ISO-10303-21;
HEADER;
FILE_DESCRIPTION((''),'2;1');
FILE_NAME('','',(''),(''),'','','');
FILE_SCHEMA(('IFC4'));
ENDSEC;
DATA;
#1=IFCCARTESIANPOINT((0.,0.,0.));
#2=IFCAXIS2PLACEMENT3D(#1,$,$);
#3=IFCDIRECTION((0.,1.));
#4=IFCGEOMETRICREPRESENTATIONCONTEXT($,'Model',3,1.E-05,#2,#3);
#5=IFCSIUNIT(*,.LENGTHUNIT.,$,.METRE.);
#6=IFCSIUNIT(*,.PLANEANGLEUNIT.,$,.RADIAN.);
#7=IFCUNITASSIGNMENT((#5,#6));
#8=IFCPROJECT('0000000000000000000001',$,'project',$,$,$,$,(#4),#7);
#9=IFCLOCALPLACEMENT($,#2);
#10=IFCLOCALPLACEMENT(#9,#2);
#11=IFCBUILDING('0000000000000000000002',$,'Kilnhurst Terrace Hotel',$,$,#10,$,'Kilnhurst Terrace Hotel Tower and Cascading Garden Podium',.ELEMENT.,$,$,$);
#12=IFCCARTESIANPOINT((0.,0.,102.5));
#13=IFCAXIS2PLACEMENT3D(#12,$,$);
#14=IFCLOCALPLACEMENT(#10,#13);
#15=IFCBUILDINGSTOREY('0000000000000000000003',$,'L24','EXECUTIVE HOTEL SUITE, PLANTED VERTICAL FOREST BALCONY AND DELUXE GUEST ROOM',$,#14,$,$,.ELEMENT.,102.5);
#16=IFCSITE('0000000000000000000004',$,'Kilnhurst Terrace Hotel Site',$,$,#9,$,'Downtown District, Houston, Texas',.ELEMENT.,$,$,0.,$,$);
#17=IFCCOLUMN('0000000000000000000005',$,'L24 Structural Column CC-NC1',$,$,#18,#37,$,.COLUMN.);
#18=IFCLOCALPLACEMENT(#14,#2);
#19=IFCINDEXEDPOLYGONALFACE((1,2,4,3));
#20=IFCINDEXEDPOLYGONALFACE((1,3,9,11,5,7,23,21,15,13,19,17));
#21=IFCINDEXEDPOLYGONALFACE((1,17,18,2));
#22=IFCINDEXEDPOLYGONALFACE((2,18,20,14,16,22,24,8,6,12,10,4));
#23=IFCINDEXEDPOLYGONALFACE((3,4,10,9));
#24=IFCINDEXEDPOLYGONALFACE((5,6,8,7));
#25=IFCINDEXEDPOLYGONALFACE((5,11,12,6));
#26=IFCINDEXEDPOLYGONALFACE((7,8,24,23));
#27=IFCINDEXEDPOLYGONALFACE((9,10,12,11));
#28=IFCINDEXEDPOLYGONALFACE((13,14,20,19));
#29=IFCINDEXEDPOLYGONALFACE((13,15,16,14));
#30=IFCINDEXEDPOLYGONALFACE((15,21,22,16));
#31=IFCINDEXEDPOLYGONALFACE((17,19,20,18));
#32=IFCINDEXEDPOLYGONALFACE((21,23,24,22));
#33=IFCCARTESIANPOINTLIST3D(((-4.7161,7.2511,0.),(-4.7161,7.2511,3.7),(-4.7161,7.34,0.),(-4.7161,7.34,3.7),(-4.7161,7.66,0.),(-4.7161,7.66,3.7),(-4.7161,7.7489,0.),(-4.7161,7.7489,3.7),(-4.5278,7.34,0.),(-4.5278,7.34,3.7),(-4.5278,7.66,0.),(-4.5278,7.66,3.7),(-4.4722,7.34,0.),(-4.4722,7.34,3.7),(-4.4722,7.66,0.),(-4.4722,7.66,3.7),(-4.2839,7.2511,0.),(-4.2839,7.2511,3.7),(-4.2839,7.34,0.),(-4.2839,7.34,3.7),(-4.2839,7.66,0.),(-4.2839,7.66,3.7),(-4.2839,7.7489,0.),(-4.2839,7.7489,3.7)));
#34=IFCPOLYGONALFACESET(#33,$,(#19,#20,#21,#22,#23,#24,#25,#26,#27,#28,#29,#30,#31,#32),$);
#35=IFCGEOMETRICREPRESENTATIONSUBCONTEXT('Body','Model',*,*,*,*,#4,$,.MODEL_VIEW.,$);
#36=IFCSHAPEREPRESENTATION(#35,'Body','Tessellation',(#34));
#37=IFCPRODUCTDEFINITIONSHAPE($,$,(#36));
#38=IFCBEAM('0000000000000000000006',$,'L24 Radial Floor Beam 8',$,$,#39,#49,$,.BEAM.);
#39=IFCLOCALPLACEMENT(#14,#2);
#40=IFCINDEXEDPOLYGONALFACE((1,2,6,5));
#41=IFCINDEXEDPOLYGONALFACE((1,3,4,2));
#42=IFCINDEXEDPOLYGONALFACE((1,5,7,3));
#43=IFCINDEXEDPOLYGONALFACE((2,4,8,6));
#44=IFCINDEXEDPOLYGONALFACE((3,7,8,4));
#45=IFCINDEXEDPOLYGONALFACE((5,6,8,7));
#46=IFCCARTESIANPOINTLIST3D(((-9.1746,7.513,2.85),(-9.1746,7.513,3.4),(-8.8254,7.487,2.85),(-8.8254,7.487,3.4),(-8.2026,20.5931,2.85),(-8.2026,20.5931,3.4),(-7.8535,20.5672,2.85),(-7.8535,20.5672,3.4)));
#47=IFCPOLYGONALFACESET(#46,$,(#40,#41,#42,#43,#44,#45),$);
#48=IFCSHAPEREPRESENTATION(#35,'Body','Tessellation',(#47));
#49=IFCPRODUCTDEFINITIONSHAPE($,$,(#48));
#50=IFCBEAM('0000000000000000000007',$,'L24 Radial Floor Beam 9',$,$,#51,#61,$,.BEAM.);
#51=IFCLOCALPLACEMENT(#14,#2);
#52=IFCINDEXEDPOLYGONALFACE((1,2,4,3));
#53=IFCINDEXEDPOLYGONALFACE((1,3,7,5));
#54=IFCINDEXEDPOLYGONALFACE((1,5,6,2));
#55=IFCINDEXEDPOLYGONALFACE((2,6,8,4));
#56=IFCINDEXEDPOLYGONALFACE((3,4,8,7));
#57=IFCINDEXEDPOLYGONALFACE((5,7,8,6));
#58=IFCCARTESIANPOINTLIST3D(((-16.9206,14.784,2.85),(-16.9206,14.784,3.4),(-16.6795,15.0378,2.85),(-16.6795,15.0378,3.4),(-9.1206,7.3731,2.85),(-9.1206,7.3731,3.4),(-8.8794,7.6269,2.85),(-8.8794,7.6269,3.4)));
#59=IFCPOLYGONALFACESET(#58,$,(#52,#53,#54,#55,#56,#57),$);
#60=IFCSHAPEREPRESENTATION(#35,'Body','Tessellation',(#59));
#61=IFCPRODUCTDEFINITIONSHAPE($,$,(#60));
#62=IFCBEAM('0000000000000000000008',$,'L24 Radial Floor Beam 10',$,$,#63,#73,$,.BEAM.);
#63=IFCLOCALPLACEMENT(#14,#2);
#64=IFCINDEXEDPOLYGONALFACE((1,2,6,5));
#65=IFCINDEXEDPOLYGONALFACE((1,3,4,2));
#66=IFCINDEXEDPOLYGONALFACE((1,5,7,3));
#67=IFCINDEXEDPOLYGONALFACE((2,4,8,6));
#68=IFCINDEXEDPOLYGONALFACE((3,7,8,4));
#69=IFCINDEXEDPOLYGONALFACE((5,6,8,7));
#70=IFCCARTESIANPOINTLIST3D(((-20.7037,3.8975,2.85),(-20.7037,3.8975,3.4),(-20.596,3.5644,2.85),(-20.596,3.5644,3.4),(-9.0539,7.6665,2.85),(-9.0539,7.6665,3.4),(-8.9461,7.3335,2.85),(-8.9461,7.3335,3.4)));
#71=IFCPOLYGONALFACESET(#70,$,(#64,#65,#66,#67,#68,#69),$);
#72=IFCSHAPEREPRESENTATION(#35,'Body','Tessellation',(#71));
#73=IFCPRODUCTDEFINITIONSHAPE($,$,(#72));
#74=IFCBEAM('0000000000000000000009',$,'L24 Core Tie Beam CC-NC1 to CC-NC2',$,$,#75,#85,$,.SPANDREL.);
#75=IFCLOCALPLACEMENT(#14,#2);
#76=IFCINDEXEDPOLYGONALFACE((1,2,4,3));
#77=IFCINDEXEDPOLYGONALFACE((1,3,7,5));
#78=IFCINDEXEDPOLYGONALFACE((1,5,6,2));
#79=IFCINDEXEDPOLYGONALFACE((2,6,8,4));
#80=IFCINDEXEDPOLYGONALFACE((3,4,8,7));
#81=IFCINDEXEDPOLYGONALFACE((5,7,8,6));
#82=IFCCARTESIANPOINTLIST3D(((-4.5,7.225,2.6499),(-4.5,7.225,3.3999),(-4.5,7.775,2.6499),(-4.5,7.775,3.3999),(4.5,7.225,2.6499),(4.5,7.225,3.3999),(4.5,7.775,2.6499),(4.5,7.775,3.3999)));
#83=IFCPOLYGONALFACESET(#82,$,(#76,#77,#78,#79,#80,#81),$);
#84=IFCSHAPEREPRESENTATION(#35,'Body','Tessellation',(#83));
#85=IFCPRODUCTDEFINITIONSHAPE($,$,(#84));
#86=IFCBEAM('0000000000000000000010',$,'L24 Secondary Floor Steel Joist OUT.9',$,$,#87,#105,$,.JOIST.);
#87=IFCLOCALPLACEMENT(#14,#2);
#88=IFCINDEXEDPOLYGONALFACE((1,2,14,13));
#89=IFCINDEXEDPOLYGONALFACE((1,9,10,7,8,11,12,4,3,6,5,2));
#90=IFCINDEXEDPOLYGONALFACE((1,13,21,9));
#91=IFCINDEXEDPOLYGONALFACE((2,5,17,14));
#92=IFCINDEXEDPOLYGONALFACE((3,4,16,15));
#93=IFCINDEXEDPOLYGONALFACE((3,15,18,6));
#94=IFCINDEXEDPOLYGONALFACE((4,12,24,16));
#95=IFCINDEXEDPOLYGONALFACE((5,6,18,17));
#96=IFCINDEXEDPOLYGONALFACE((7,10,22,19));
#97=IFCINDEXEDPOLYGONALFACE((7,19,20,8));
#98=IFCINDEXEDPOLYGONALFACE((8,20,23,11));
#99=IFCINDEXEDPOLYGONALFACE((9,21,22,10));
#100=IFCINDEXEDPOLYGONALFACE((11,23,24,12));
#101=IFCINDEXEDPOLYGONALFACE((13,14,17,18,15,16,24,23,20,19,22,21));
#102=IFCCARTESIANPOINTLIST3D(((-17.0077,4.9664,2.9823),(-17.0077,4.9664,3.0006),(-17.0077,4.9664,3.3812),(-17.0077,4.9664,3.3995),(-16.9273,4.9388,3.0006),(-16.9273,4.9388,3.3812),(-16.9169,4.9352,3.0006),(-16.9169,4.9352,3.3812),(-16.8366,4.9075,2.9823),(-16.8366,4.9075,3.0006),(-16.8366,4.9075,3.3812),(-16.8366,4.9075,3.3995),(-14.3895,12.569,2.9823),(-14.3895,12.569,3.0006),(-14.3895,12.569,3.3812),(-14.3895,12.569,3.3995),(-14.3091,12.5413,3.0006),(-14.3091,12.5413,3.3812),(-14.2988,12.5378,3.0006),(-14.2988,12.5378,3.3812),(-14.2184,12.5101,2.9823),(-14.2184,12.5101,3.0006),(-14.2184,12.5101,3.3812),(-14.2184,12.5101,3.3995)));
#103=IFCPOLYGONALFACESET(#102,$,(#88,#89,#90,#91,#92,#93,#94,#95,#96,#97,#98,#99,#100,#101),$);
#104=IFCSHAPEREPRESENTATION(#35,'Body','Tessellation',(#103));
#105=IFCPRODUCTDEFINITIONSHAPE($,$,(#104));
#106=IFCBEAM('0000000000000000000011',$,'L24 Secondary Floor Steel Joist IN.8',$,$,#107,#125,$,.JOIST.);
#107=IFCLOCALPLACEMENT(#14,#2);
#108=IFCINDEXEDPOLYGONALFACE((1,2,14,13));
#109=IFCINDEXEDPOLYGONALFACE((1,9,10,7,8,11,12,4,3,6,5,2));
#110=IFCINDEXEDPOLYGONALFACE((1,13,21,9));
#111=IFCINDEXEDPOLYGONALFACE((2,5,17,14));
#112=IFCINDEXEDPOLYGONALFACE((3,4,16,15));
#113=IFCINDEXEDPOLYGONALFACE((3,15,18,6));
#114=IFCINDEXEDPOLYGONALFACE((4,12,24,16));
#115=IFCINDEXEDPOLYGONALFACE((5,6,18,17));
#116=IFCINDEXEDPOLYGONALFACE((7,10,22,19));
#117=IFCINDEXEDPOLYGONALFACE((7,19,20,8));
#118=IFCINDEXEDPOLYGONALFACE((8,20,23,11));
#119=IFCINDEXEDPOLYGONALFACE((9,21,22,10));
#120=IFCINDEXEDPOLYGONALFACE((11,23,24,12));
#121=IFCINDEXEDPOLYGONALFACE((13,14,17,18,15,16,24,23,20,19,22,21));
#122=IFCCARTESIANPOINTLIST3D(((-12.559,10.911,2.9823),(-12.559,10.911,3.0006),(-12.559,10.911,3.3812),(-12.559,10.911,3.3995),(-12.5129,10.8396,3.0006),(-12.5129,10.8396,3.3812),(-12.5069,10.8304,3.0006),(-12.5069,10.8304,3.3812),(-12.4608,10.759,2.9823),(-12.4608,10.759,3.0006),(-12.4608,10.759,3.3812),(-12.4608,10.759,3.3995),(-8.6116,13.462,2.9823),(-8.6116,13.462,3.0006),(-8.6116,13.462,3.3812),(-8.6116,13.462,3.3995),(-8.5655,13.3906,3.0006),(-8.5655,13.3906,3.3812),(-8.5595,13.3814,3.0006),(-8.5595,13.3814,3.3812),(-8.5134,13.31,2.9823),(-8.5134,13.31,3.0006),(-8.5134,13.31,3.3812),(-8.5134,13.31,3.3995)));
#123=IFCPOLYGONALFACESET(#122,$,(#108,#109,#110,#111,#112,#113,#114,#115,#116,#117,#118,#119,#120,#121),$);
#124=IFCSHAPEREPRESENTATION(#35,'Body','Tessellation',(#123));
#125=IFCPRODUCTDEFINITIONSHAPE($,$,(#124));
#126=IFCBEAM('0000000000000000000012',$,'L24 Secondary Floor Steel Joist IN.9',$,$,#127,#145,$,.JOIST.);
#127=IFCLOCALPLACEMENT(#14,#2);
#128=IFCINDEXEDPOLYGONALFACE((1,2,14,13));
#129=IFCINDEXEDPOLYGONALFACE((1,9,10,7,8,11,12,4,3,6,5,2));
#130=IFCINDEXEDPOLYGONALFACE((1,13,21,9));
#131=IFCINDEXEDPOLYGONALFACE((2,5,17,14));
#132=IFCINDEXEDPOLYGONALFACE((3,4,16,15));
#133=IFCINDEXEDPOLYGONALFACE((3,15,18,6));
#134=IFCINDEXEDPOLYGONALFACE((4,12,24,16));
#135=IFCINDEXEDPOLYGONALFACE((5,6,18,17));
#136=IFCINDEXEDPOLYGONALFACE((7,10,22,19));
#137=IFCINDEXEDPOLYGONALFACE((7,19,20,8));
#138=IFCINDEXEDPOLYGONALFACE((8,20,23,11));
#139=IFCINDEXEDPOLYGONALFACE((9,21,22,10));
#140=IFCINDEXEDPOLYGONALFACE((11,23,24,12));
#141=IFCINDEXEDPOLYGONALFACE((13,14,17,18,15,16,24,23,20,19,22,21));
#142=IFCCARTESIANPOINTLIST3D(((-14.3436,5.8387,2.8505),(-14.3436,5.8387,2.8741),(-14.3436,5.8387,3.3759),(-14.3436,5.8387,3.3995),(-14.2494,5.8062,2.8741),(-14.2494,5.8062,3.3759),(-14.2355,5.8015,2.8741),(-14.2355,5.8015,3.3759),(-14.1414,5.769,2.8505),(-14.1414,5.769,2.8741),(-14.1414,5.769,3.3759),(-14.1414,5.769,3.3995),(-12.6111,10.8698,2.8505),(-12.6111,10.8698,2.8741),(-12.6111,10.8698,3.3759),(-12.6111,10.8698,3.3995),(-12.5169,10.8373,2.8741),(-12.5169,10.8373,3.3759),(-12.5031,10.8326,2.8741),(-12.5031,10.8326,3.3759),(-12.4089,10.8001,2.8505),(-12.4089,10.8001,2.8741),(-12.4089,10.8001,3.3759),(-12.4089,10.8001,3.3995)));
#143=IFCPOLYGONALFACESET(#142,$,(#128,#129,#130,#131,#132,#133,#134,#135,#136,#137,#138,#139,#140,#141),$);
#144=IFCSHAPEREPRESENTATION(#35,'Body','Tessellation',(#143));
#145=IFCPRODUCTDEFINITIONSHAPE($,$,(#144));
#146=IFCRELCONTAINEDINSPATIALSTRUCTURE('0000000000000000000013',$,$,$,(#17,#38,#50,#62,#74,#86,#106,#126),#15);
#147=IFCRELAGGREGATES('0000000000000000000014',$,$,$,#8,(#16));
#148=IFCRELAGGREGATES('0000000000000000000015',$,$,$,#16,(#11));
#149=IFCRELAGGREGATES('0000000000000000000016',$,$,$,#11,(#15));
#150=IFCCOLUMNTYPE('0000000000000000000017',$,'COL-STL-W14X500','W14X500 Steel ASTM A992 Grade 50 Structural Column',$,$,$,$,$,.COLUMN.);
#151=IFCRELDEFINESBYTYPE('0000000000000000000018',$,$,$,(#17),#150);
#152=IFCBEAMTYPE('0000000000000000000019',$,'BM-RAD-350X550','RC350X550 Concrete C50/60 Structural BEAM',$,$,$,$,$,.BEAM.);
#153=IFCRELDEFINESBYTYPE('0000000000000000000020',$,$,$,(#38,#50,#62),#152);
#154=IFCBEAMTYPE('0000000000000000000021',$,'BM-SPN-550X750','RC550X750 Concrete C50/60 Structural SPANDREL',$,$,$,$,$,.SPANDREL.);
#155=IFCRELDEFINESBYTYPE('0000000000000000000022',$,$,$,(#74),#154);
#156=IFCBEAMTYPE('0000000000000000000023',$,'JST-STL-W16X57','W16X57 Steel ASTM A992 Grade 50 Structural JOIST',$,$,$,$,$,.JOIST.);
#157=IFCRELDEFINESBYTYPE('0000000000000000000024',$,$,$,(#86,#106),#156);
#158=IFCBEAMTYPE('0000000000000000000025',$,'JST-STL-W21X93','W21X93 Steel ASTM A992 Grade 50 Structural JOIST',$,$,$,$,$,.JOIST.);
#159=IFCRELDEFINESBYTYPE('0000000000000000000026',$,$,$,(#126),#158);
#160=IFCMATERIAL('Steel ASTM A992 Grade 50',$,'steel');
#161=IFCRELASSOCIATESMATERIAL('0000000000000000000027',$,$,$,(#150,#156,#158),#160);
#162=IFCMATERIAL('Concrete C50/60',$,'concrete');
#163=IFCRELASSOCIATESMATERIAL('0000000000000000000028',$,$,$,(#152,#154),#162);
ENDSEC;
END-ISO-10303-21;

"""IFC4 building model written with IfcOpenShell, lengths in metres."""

from ifc_helpers import new_model, si_unit, direction, frame, origin, origin_2d, place, context, subcontext, project, spatial, rectangle, i_section, extrude, material, material_profile, profile_set, type_object, element, save


model = new_model("IFC4")

# Units and contexts
model_context = context("Model", 3, precision=1e-05, world=origin(), true_north=direction((0.0, 1.0)))
body_context = subcontext(model_context, "Body", "Model", "MODEL_VIEW")
ifc_project = project(units=[si_unit("LENGTHUNIT", "METRE"), si_unit("PLANEANGLEUNIT", "RADIAN")], contexts=[model_context])

# Site, building, storey
site_placement = place(None, origin())
site = spatial("IfcSite", under=ifc_project, at=site_placement, Name="Kilnhurst Terrace Hotel Site", LongName="Downtown District, Houston, Texas", CompositionType="ELEMENT", RefElevation=0.0)
building_placement = place(site_placement, origin())
building = spatial("IfcBuilding", under=site, at=building_placement, Name="Kilnhurst Terrace Hotel", LongName="Kilnhurst Terrace Hotel Tower and Cascading Garden Podium", CompositionType="ELEMENT")
storey_placement = place(building_placement, frame((0.0, 0.0, 102.5)))
storey = spatial("IfcBuildingStorey", under=building, at=storey_placement, Name="L24", Description="EXECUTIVE HOTEL SUITE, PLANTED VERTICAL FOREST BALCONY AND DELUXE GUEST ROOM", CompositionType="ELEMENT", Elevation=102.5)

# Column
ifc_material_1 = material(Name="Steel ASTM A992 Grade 50", Category="steel")
ifc_material_profile_1 = material_profile(ifc_material_1, i_section(OverallWidth=0.4321, OverallDepth=0.4978, WebThickness=0.0557, FlangeThickness=0.0889, at=origin_2d()), Name="W14X500")
ifc_profile_set_1 = profile_set([ifc_material_profile_1], Name="Steel ASTM A992 Grade 50")
column_type = type_object("IfcColumnType", Name="COL-STL-W14X500", Description="W14X500 Steel ASTM A992 Grade 50 Structural Column", PredefinedType="COLUMN", material=ifc_profile_set_1)
column_placement = place(storey_placement, frame((-4.5, 7.5, 0.0), z_axis=(0.0, 0.0, 1.0), x_axis=(1.0, 0.0, 0.0)))
element("IfcColumn", 1, at=column_placement, inside=storey, type_object=column_type, Name="L24 Structural Column CC-NC1", PredefinedType="COLUMN", context=body_context, shape_type="SweptSolid", body=[
    extrude(i_section(OverallWidth=0.4321, OverallDepth=0.4978, WebThickness=0.0557, FlangeThickness=0.0889, at=origin_2d()), origin(), (0.0, 0.0, 1.0), 3.7),
])

# Beams
ifc_material_2 = material(Name="Concrete C50/60", Category="concrete")
ifc_material_profile_2 = material_profile(ifc_material_2, rectangle(XDim=0.3501, YDim=0.55, at=origin_2d()), Name="RC350X550")
ifc_profile_set_2 = profile_set([ifc_material_profile_2], Name="Concrete C50/60")
beam_type_1 = type_object("IfcBeamType", Name="BM-RAD-350X550", Description="RC350X550 Concrete C50/60 Structural BEAM", PredefinedType="BEAM", material=ifc_profile_set_2)
beam_1_placement = place(storey_placement, frame((-9.0, 7.5, 3.125), z_axis=(0.074101, 0.997251, 0.0), x_axis=(-0.997251, 0.074101, 0.0)))
element("IfcBeam", 2, at=beam_1_placement, inside=storey, type_object=beam_type_1, Name="L24 Radial Floor Beam 8", PredefinedType="BEAM", context=body_context, shape_type="SweptSolid", body=[
    extrude(rectangle(XDim=0.3501, YDim=0.55, at=origin_2d()), origin(), (0.0, 0.0, 1.0), 13.1162),
])
beam_2_placement = place(storey_placement, frame((-9.0, 7.5, 3.125), z_axis=(-0.72496, 0.688791, 0.0), x_axis=(-0.688791, -0.72496, 0.0)))
element("IfcBeam", 3, at=beam_2_placement, inside=storey, type_object=beam_type_1, Name="L24 Radial Floor Beam 9", PredefinedType="BEAM", context=body_context, shape_type="SweptSolid", body=[
    extrude(rectangle(XDim=0.3501, YDim=0.55, at=origin_2d()), origin(), (0.0, 0.0, 1.0), 10.7593),
])
beam_3_placement = place(storey_placement, frame((-9.0, 7.5, 3.125), z_axis=(-0.951446, -0.307817, 0.0), x_axis=(0.307817, -0.951446, 0.0)))
element("IfcBeam", 4, at=beam_3_placement, inside=storey, type_object=beam_type_1, Name="L24 Radial Floor Beam 10", PredefinedType="BEAM", context=body_context, shape_type="SweptSolid", body=[
    extrude(rectangle(XDim=0.3501, YDim=0.55, at=origin_2d()), origin(), (0.0, 0.0, 1.0), 12.2444),
])
ifc_material_profile_3 = material_profile(ifc_material_2, rectangle(XDim=0.55, YDim=0.75, at=origin_2d()), Name="RC550X750")
ifc_profile_set_3 = profile_set([ifc_material_profile_3], Name="Concrete C50/60")
beam_type_2 = type_object("IfcBeamType", Name="BM-SPN-550X750", Description="RC550X750 Concrete C50/60 Structural SPANDREL", PredefinedType="SPANDREL", material=ifc_profile_set_3)
beam_4_placement = place(storey_placement, frame((-4.5, 7.5, 3.0249), z_axis=(1.0, 0.0, 0.0), x_axis=(0.0, 1.0, 0.0)))
element("IfcBeam", 5, at=beam_4_placement, inside=storey, type_object=beam_type_2, Name="L24 Core Tie Beam CC-NC1 to CC-NC2", PredefinedType="SPANDREL", context=body_context, shape_type="SweptSolid", body=[
    extrude(rectangle(XDim=0.55, YDim=0.75, at=origin_2d()), origin(), (0.0, 0.0, 1.0), 9.0),
])
ifc_material_profile_4 = material_profile(ifc_material_1, i_section(OverallWidth=0.1809, OverallDepth=0.4172, WebThickness=0.011, FlangeThickness=0.0183, at=origin_2d()), Name="W16X57")
ifc_profile_set_4 = profile_set([ifc_material_profile_4], Name="Steel ASTM A992 Grade 50")
beam_type_3 = type_object("IfcBeamType", Name="JST-STL-W16X57", Description="W16X57 Steel ASTM A992 Grade 50 Structural JOIST", PredefinedType="JOIST", material=ifc_profile_set_4)
beam_5_placement = place(storey_placement, frame((-14.304, 12.5396, 3.1909), z_axis=(-0.325613, -0.945503, 0.0), x_axis=(0.945503, -0.325613, 0.0)))
element("IfcBeam", 6, at=beam_5_placement, inside=storey, type_object=beam_type_3, Name="L24 Secondary Floor Steel Joist OUT.9", PredefinedType="JOIST", context=body_context, shape_type="SweptSolid", body=[
    extrude(i_section(OverallWidth=0.1809, OverallDepth=0.4172, WebThickness=0.011, FlangeThickness=0.0183, at=origin_2d()), origin(), (0.0, 0.0, 1.0), 8.0408),
])
beam_6_placement = place(storey_placement, frame((-8.5625, 13.386, 3.1909), z_axis=(-0.839885, -0.542764, 0.0), x_axis=(0.542764, -0.839885, 0.0)))
element("IfcBeam", 7, at=beam_6_placement, inside=storey, type_object=beam_type_3, Name="L24 Secondary Floor Steel Joist IN.8", PredefinedType="JOIST", context=body_context, shape_type="SweptSolid", body=[
    extrude(i_section(OverallWidth=0.1809, OverallDepth=0.4172, WebThickness=0.011, FlangeThickness=0.0183, at=origin_2d()), origin(), (0.0, 0.0, 1.0), 4.7),
])
ifc_material_profile_5 = material_profile(ifc_material_1, i_section(OverallWidth=0.2139, OverallDepth=0.5491, WebThickness=0.0146, FlangeThickness=0.0237, at=origin_2d()), Name="W21X93")
ifc_profile_set_5 = profile_set([ifc_material_profile_5], Name="Steel ASTM A992 Grade 50")
beam_type_4 = type_object("IfcBeamType", Name="JST-STL-W21X93", Description="W21X93 Steel ASTM A992 Grade 50 Structural JOIST", PredefinedType="JOIST", material=ifc_profile_set_5)
beam_7_placement = place(storey_placement, frame((-12.51, 10.835, 3.125), z_axis=(-0.325586, -0.945512, 0.0), x_axis=(0.945512, -0.325586, 0.0)))
element("IfcBeam", 8, at=beam_7_placement, inside=storey, type_object=beam_type_4, Name="L24 Secondary Floor Steel Joist IN.9", PredefinedType="JOIST", context=body_context, shape_type="SweptSolid", body=[
    extrude(i_section(OverallWidth=0.2139, OverallDepth=0.5491, WebThickness=0.0146, FlangeThickness=0.0237, at=origin_2d()), origin(), (0.0, 0.0, 1.0), 5.321),
])

save(model, "model.ifc")
